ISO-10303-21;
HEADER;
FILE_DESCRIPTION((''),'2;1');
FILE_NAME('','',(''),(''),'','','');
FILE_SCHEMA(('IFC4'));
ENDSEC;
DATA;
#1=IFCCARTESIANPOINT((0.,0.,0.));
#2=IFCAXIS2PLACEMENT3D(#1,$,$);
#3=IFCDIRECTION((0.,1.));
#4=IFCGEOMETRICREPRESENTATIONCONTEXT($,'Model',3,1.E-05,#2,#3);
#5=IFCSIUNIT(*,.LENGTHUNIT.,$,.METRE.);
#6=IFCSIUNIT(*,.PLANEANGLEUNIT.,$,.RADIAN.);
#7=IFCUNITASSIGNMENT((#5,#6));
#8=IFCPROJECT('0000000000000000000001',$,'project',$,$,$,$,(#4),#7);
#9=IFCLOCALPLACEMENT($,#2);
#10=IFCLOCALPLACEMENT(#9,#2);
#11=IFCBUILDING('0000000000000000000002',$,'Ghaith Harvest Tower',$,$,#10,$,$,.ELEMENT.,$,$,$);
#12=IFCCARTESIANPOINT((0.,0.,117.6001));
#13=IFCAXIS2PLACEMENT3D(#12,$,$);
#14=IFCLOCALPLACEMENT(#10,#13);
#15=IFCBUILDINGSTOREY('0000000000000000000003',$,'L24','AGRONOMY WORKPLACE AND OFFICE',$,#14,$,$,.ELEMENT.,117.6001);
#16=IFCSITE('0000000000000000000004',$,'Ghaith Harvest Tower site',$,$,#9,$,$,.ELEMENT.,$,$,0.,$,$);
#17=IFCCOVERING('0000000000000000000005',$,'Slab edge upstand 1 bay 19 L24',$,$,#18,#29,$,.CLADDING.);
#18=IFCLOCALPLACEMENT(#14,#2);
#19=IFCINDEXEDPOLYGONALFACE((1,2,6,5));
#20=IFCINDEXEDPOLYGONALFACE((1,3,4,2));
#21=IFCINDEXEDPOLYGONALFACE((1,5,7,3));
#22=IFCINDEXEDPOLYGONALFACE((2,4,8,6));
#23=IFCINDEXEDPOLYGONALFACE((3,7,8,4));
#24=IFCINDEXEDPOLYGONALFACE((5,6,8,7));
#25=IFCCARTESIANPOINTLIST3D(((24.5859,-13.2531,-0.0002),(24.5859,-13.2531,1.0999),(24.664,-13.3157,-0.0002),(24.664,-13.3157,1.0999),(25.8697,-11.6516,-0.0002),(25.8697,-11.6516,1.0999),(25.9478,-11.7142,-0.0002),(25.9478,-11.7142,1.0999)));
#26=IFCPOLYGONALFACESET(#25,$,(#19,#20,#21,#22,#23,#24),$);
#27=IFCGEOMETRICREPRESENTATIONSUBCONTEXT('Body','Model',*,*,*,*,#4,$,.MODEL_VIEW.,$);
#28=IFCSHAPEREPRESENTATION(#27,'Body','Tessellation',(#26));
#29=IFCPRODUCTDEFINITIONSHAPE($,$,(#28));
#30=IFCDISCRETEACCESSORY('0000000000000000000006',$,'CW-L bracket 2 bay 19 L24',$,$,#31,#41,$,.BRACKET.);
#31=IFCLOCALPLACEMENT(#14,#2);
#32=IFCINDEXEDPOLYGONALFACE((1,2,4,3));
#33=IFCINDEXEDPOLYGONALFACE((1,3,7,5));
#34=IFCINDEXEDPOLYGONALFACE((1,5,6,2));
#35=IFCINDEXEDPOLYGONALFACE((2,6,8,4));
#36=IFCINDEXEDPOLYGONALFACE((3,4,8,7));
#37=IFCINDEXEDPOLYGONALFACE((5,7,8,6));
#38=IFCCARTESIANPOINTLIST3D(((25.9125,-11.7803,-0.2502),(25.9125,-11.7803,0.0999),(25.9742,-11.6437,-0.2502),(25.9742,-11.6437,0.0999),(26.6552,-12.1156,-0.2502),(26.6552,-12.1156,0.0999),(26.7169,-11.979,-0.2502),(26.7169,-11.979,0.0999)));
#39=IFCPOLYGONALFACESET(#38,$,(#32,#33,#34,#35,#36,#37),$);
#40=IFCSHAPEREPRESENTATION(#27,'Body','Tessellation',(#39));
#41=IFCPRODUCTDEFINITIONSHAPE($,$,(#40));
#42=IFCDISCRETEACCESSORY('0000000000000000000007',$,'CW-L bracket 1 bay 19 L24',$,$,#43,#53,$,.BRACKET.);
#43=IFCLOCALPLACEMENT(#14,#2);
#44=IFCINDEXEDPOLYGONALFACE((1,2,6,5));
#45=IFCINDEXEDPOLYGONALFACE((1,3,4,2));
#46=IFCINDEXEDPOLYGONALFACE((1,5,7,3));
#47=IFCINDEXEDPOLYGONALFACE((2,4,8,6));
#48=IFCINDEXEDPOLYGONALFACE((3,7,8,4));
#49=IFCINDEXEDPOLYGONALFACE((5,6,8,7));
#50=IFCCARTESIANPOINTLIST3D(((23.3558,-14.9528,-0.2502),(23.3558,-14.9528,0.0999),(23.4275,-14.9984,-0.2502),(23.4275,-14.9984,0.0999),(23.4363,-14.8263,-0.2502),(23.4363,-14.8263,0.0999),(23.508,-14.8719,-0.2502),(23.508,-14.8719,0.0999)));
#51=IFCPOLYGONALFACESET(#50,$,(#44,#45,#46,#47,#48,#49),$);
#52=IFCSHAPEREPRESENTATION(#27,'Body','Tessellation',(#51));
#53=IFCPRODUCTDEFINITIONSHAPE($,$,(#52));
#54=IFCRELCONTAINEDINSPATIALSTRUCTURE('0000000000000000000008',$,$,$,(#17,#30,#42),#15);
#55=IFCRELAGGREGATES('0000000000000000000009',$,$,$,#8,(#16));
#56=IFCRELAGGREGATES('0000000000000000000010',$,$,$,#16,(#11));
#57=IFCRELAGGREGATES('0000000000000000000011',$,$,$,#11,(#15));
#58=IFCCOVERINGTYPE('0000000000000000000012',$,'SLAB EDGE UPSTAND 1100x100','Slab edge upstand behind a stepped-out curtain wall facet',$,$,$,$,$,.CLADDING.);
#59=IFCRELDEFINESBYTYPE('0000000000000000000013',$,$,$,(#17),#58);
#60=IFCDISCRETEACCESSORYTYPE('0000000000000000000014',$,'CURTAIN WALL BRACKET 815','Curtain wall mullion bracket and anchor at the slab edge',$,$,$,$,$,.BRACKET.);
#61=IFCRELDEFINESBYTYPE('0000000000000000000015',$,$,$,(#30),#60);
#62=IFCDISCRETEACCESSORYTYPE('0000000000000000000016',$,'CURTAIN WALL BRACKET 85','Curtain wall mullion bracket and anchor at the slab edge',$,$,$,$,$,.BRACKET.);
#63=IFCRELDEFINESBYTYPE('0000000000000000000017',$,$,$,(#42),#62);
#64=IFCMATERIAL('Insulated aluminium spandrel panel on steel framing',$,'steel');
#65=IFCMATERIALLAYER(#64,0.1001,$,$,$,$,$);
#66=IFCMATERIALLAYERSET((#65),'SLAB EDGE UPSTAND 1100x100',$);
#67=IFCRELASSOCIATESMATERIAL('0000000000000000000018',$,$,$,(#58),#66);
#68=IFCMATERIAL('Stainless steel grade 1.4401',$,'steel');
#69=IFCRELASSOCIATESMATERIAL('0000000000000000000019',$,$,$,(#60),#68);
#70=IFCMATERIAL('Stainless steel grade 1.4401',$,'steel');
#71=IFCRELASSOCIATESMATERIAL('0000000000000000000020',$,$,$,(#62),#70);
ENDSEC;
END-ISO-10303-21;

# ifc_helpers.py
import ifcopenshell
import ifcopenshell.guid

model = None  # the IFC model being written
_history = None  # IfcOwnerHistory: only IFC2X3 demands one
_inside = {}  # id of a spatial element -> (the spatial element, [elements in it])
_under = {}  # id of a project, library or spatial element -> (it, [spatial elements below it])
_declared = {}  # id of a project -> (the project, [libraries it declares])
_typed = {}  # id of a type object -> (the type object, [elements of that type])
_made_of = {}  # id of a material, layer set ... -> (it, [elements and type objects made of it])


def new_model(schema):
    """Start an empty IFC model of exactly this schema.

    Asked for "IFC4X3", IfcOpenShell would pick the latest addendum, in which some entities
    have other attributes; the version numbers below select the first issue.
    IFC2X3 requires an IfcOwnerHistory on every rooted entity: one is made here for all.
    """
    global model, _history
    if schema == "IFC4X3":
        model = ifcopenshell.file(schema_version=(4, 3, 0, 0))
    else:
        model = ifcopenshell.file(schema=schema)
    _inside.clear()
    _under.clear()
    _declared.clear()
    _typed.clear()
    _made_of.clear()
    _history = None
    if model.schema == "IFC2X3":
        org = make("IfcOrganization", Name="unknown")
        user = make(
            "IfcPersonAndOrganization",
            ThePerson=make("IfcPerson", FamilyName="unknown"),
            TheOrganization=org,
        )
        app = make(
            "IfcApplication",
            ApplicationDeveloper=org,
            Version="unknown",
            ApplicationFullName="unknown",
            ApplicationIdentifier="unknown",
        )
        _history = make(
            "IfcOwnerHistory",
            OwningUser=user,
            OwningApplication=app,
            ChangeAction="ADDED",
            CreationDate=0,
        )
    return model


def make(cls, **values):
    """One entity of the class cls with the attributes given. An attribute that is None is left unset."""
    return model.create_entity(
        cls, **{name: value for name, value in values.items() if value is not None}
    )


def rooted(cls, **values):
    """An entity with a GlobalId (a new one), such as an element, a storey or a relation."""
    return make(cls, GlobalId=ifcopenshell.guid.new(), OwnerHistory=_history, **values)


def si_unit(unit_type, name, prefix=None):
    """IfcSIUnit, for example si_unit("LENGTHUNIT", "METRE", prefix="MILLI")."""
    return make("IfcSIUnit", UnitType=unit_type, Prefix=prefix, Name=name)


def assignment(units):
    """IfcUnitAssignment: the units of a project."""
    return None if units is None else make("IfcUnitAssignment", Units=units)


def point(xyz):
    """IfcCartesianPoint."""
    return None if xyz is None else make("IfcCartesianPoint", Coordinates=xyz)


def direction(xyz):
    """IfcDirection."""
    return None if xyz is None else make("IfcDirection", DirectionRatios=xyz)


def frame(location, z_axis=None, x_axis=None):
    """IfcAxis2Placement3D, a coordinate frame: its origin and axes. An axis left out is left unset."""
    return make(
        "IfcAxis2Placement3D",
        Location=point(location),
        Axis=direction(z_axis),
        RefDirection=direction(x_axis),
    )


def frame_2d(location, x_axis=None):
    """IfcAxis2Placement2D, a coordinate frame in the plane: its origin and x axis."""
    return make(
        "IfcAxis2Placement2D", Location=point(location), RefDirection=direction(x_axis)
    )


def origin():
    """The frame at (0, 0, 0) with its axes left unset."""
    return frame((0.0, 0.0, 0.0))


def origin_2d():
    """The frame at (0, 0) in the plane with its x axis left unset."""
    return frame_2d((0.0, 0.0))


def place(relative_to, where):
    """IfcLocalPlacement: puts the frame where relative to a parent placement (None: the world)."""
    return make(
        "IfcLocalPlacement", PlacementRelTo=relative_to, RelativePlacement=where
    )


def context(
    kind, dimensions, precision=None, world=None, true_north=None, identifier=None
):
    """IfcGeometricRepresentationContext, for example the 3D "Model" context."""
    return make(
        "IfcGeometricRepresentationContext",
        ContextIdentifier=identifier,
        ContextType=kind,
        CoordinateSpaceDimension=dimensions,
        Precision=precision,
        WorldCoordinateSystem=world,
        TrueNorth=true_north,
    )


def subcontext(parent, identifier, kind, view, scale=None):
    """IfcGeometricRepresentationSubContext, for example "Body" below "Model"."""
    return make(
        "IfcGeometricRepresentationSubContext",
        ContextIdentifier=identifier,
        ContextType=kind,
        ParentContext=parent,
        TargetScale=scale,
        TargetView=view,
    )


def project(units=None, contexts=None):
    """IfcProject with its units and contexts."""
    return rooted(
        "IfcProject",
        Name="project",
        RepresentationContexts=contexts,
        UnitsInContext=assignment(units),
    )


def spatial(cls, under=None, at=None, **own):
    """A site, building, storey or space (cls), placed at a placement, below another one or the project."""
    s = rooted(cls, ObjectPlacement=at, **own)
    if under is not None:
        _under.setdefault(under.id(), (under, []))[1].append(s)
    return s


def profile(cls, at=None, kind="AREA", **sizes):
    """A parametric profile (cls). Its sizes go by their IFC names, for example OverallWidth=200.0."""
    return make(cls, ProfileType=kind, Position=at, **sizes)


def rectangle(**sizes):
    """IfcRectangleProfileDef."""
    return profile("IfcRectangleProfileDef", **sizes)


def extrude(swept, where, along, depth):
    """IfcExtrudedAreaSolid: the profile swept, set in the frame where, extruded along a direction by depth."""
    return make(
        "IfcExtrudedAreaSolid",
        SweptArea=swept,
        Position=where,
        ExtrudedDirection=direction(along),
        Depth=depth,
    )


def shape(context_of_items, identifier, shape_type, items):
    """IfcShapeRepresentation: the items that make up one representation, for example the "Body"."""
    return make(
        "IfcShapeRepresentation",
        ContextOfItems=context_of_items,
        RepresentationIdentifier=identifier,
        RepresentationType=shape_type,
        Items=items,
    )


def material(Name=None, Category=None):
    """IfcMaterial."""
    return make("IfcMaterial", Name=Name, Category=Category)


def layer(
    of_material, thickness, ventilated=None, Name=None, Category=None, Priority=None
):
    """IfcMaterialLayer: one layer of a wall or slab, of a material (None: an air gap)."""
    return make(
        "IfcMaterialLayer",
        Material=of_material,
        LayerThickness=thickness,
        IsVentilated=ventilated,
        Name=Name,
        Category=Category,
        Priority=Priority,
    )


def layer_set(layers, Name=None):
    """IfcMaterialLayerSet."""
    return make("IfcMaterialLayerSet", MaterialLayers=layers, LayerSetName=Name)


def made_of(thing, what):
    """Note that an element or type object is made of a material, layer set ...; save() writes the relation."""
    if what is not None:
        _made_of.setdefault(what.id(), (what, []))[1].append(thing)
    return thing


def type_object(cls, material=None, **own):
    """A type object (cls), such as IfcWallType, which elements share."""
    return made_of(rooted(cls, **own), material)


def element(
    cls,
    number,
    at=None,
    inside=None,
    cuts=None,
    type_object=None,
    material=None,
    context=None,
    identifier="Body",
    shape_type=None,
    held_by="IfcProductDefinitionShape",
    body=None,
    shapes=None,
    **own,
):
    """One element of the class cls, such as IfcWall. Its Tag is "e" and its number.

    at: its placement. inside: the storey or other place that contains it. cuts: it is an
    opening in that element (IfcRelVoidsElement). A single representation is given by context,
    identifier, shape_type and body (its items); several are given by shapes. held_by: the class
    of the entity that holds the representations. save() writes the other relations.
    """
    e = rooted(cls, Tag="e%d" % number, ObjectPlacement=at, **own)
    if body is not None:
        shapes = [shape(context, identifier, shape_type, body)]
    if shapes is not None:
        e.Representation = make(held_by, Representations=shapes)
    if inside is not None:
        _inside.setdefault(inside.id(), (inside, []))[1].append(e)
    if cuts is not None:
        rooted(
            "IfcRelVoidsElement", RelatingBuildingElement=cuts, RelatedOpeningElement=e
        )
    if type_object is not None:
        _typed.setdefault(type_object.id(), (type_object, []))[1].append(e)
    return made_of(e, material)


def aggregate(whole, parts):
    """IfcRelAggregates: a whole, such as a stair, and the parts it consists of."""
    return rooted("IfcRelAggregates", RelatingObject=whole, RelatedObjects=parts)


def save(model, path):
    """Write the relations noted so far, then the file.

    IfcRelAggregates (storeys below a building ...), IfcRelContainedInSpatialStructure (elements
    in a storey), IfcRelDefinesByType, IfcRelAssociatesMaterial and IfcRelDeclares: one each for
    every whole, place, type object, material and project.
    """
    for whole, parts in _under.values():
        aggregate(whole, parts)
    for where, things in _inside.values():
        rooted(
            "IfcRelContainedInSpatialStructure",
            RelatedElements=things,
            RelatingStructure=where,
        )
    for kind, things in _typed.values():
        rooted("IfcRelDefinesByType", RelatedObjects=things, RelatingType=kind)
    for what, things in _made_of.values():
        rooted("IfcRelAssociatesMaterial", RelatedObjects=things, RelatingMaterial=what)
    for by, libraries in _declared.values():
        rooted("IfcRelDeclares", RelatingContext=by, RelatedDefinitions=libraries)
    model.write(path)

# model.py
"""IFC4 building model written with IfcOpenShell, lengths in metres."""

from ifc_helpers import new_model, si_unit, direction, frame, origin, origin_2d, place, context, subcontext, project, spatial, rectangle, extrude, material, layer, layer_set, type_object, element, save


model = new_model("IFC4")

# Units and contexts
model_context = context("Model", 3, precision=1e-05, world=origin(), true_north=direction((0.0, 1.0)))
body_context = subcontext(model_context, "Body", "Model", "MODEL_VIEW")
ifc_project = project(units=[si_unit("LENGTHUNIT", "METRE"), si_unit("PLANEANGLEUNIT", "RADIAN")], contexts=[model_context])

# Site, building, storey
site_placement = place(None, origin())
site = spatial("IfcSite", under=ifc_project, at=site_placement, Name="Ghaith Harvest Tower site", CompositionType="ELEMENT", RefElevation=0.0)
building_placement = place(site_placement, origin())
building = spatial("IfcBuilding", under=site, at=building_placement, Name="Ghaith Harvest Tower", CompositionType="ELEMENT")
storey_placement = place(building_placement, frame((0.0, 0.0, 117.6001)))
storey = spatial("IfcBuildingStorey", under=building, at=storey_placement, Name="L24", Description="AGRONOMY WORKPLACE AND OFFICE", CompositionType="ELEMENT", Elevation=117.6001)

# Covering
ifc_material_1 = material(Name="Insulated aluminium spandrel panel on steel framing", Category="steel")
ifc_layer_1 = layer(ifc_material_1, 0.1001)
ifc_layer_set_1 = layer_set([ifc_layer_1], Name="SLAB EDGE UPSTAND 1100x100")
covering_type = type_object("IfcCoveringType", Name="SLAB EDGE UPSTAND 1100x100", Description="Slab edge upstand behind a stepped-out curtain wall facet", PredefinedType="CLADDING", material=ifc_layer_set_1)
covering_1_placement = place(storey_placement, frame((25.2668, -12.4836, -0.0002), z_axis=(0.0, 0.0, 1.0), x_axis=(0.625468, 0.78025, 0.0)))
element("IfcCovering", 1, at=covering_1_placement, inside=storey, type_object=covering_type, Name="Slab edge upstand 1 bay 19 L24", PredefinedType="CLADDING", context=body_context, shape_type="SweptSolid", body=[
    extrude(rectangle(XDim=2.0525, YDim=0.1001, at=origin_2d()), origin(), (0.0, 0.0, 1.0), 1.1001),
])

# Discrete accessories
ifc_material_2 = material(Name="Stainless steel grade 1.4401", Category="steel")
discrete_accessory_type_1 = type_object("IfcDiscreteAccessoryType", Name="CURTAIN WALL BRACKET 815", Description="Curtain wall mullion bracket and anchor at the slab edge", PredefinedType="BRACKET", material=ifc_material_2)
discrete_accessory_1_placement = place(storey_placement, frame((26.3147, -11.8796, -0.2502), z_axis=(0.0, 0.0, 1.0), x_axis=(0.911427, -0.411462, 0.0)))
element("IfcDiscreteAccessory", 2, at=discrete_accessory_1_placement, inside=storey, type_object=discrete_accessory_type_1, Name="CW-L bracket 2 bay 19 L24", PredefinedType="BRACKET", context=body_context, shape_type="SweptSolid", body=[
    extrude(rectangle(XDim=0.8149, YDim=0.1499, at=origin_2d()), origin(), (0.0, 0.0, 1.0), 0.3501),
])
ifc_material_3 = material(Name="Stainless steel grade 1.4401", Category="steel")
discrete_accessory_type_2 = type_object("IfcDiscreteAccessoryType", Name="CURTAIN WALL BRACKET 85", Description="Curtain wall mullion bracket and anchor at the slab edge", PredefinedType="BRACKET", material=ifc_material_3)
discrete_accessory_2_placement = place(storey_placement, frame((23.4319, -14.9124, -0.2502), z_axis=(0.0, 0.0, 1.0), x_axis=(0.843644, -0.536903, 0.0)))
element("IfcDiscreteAccessory", 3, at=discrete_accessory_2_placement, inside=storey, type_object=discrete_accessory_type_2, Name="CW-L bracket 1 bay 19 L24", PredefinedType="BRACKET", context=body_context, shape_type="SweptSolid", body=[
    extrude(rectangle(XDim=0.085, YDim=0.1499, at=origin_2d()), origin(), (0.0, 0.0, 1.0), 0.3501),
])

save(model, "model.ifc")
